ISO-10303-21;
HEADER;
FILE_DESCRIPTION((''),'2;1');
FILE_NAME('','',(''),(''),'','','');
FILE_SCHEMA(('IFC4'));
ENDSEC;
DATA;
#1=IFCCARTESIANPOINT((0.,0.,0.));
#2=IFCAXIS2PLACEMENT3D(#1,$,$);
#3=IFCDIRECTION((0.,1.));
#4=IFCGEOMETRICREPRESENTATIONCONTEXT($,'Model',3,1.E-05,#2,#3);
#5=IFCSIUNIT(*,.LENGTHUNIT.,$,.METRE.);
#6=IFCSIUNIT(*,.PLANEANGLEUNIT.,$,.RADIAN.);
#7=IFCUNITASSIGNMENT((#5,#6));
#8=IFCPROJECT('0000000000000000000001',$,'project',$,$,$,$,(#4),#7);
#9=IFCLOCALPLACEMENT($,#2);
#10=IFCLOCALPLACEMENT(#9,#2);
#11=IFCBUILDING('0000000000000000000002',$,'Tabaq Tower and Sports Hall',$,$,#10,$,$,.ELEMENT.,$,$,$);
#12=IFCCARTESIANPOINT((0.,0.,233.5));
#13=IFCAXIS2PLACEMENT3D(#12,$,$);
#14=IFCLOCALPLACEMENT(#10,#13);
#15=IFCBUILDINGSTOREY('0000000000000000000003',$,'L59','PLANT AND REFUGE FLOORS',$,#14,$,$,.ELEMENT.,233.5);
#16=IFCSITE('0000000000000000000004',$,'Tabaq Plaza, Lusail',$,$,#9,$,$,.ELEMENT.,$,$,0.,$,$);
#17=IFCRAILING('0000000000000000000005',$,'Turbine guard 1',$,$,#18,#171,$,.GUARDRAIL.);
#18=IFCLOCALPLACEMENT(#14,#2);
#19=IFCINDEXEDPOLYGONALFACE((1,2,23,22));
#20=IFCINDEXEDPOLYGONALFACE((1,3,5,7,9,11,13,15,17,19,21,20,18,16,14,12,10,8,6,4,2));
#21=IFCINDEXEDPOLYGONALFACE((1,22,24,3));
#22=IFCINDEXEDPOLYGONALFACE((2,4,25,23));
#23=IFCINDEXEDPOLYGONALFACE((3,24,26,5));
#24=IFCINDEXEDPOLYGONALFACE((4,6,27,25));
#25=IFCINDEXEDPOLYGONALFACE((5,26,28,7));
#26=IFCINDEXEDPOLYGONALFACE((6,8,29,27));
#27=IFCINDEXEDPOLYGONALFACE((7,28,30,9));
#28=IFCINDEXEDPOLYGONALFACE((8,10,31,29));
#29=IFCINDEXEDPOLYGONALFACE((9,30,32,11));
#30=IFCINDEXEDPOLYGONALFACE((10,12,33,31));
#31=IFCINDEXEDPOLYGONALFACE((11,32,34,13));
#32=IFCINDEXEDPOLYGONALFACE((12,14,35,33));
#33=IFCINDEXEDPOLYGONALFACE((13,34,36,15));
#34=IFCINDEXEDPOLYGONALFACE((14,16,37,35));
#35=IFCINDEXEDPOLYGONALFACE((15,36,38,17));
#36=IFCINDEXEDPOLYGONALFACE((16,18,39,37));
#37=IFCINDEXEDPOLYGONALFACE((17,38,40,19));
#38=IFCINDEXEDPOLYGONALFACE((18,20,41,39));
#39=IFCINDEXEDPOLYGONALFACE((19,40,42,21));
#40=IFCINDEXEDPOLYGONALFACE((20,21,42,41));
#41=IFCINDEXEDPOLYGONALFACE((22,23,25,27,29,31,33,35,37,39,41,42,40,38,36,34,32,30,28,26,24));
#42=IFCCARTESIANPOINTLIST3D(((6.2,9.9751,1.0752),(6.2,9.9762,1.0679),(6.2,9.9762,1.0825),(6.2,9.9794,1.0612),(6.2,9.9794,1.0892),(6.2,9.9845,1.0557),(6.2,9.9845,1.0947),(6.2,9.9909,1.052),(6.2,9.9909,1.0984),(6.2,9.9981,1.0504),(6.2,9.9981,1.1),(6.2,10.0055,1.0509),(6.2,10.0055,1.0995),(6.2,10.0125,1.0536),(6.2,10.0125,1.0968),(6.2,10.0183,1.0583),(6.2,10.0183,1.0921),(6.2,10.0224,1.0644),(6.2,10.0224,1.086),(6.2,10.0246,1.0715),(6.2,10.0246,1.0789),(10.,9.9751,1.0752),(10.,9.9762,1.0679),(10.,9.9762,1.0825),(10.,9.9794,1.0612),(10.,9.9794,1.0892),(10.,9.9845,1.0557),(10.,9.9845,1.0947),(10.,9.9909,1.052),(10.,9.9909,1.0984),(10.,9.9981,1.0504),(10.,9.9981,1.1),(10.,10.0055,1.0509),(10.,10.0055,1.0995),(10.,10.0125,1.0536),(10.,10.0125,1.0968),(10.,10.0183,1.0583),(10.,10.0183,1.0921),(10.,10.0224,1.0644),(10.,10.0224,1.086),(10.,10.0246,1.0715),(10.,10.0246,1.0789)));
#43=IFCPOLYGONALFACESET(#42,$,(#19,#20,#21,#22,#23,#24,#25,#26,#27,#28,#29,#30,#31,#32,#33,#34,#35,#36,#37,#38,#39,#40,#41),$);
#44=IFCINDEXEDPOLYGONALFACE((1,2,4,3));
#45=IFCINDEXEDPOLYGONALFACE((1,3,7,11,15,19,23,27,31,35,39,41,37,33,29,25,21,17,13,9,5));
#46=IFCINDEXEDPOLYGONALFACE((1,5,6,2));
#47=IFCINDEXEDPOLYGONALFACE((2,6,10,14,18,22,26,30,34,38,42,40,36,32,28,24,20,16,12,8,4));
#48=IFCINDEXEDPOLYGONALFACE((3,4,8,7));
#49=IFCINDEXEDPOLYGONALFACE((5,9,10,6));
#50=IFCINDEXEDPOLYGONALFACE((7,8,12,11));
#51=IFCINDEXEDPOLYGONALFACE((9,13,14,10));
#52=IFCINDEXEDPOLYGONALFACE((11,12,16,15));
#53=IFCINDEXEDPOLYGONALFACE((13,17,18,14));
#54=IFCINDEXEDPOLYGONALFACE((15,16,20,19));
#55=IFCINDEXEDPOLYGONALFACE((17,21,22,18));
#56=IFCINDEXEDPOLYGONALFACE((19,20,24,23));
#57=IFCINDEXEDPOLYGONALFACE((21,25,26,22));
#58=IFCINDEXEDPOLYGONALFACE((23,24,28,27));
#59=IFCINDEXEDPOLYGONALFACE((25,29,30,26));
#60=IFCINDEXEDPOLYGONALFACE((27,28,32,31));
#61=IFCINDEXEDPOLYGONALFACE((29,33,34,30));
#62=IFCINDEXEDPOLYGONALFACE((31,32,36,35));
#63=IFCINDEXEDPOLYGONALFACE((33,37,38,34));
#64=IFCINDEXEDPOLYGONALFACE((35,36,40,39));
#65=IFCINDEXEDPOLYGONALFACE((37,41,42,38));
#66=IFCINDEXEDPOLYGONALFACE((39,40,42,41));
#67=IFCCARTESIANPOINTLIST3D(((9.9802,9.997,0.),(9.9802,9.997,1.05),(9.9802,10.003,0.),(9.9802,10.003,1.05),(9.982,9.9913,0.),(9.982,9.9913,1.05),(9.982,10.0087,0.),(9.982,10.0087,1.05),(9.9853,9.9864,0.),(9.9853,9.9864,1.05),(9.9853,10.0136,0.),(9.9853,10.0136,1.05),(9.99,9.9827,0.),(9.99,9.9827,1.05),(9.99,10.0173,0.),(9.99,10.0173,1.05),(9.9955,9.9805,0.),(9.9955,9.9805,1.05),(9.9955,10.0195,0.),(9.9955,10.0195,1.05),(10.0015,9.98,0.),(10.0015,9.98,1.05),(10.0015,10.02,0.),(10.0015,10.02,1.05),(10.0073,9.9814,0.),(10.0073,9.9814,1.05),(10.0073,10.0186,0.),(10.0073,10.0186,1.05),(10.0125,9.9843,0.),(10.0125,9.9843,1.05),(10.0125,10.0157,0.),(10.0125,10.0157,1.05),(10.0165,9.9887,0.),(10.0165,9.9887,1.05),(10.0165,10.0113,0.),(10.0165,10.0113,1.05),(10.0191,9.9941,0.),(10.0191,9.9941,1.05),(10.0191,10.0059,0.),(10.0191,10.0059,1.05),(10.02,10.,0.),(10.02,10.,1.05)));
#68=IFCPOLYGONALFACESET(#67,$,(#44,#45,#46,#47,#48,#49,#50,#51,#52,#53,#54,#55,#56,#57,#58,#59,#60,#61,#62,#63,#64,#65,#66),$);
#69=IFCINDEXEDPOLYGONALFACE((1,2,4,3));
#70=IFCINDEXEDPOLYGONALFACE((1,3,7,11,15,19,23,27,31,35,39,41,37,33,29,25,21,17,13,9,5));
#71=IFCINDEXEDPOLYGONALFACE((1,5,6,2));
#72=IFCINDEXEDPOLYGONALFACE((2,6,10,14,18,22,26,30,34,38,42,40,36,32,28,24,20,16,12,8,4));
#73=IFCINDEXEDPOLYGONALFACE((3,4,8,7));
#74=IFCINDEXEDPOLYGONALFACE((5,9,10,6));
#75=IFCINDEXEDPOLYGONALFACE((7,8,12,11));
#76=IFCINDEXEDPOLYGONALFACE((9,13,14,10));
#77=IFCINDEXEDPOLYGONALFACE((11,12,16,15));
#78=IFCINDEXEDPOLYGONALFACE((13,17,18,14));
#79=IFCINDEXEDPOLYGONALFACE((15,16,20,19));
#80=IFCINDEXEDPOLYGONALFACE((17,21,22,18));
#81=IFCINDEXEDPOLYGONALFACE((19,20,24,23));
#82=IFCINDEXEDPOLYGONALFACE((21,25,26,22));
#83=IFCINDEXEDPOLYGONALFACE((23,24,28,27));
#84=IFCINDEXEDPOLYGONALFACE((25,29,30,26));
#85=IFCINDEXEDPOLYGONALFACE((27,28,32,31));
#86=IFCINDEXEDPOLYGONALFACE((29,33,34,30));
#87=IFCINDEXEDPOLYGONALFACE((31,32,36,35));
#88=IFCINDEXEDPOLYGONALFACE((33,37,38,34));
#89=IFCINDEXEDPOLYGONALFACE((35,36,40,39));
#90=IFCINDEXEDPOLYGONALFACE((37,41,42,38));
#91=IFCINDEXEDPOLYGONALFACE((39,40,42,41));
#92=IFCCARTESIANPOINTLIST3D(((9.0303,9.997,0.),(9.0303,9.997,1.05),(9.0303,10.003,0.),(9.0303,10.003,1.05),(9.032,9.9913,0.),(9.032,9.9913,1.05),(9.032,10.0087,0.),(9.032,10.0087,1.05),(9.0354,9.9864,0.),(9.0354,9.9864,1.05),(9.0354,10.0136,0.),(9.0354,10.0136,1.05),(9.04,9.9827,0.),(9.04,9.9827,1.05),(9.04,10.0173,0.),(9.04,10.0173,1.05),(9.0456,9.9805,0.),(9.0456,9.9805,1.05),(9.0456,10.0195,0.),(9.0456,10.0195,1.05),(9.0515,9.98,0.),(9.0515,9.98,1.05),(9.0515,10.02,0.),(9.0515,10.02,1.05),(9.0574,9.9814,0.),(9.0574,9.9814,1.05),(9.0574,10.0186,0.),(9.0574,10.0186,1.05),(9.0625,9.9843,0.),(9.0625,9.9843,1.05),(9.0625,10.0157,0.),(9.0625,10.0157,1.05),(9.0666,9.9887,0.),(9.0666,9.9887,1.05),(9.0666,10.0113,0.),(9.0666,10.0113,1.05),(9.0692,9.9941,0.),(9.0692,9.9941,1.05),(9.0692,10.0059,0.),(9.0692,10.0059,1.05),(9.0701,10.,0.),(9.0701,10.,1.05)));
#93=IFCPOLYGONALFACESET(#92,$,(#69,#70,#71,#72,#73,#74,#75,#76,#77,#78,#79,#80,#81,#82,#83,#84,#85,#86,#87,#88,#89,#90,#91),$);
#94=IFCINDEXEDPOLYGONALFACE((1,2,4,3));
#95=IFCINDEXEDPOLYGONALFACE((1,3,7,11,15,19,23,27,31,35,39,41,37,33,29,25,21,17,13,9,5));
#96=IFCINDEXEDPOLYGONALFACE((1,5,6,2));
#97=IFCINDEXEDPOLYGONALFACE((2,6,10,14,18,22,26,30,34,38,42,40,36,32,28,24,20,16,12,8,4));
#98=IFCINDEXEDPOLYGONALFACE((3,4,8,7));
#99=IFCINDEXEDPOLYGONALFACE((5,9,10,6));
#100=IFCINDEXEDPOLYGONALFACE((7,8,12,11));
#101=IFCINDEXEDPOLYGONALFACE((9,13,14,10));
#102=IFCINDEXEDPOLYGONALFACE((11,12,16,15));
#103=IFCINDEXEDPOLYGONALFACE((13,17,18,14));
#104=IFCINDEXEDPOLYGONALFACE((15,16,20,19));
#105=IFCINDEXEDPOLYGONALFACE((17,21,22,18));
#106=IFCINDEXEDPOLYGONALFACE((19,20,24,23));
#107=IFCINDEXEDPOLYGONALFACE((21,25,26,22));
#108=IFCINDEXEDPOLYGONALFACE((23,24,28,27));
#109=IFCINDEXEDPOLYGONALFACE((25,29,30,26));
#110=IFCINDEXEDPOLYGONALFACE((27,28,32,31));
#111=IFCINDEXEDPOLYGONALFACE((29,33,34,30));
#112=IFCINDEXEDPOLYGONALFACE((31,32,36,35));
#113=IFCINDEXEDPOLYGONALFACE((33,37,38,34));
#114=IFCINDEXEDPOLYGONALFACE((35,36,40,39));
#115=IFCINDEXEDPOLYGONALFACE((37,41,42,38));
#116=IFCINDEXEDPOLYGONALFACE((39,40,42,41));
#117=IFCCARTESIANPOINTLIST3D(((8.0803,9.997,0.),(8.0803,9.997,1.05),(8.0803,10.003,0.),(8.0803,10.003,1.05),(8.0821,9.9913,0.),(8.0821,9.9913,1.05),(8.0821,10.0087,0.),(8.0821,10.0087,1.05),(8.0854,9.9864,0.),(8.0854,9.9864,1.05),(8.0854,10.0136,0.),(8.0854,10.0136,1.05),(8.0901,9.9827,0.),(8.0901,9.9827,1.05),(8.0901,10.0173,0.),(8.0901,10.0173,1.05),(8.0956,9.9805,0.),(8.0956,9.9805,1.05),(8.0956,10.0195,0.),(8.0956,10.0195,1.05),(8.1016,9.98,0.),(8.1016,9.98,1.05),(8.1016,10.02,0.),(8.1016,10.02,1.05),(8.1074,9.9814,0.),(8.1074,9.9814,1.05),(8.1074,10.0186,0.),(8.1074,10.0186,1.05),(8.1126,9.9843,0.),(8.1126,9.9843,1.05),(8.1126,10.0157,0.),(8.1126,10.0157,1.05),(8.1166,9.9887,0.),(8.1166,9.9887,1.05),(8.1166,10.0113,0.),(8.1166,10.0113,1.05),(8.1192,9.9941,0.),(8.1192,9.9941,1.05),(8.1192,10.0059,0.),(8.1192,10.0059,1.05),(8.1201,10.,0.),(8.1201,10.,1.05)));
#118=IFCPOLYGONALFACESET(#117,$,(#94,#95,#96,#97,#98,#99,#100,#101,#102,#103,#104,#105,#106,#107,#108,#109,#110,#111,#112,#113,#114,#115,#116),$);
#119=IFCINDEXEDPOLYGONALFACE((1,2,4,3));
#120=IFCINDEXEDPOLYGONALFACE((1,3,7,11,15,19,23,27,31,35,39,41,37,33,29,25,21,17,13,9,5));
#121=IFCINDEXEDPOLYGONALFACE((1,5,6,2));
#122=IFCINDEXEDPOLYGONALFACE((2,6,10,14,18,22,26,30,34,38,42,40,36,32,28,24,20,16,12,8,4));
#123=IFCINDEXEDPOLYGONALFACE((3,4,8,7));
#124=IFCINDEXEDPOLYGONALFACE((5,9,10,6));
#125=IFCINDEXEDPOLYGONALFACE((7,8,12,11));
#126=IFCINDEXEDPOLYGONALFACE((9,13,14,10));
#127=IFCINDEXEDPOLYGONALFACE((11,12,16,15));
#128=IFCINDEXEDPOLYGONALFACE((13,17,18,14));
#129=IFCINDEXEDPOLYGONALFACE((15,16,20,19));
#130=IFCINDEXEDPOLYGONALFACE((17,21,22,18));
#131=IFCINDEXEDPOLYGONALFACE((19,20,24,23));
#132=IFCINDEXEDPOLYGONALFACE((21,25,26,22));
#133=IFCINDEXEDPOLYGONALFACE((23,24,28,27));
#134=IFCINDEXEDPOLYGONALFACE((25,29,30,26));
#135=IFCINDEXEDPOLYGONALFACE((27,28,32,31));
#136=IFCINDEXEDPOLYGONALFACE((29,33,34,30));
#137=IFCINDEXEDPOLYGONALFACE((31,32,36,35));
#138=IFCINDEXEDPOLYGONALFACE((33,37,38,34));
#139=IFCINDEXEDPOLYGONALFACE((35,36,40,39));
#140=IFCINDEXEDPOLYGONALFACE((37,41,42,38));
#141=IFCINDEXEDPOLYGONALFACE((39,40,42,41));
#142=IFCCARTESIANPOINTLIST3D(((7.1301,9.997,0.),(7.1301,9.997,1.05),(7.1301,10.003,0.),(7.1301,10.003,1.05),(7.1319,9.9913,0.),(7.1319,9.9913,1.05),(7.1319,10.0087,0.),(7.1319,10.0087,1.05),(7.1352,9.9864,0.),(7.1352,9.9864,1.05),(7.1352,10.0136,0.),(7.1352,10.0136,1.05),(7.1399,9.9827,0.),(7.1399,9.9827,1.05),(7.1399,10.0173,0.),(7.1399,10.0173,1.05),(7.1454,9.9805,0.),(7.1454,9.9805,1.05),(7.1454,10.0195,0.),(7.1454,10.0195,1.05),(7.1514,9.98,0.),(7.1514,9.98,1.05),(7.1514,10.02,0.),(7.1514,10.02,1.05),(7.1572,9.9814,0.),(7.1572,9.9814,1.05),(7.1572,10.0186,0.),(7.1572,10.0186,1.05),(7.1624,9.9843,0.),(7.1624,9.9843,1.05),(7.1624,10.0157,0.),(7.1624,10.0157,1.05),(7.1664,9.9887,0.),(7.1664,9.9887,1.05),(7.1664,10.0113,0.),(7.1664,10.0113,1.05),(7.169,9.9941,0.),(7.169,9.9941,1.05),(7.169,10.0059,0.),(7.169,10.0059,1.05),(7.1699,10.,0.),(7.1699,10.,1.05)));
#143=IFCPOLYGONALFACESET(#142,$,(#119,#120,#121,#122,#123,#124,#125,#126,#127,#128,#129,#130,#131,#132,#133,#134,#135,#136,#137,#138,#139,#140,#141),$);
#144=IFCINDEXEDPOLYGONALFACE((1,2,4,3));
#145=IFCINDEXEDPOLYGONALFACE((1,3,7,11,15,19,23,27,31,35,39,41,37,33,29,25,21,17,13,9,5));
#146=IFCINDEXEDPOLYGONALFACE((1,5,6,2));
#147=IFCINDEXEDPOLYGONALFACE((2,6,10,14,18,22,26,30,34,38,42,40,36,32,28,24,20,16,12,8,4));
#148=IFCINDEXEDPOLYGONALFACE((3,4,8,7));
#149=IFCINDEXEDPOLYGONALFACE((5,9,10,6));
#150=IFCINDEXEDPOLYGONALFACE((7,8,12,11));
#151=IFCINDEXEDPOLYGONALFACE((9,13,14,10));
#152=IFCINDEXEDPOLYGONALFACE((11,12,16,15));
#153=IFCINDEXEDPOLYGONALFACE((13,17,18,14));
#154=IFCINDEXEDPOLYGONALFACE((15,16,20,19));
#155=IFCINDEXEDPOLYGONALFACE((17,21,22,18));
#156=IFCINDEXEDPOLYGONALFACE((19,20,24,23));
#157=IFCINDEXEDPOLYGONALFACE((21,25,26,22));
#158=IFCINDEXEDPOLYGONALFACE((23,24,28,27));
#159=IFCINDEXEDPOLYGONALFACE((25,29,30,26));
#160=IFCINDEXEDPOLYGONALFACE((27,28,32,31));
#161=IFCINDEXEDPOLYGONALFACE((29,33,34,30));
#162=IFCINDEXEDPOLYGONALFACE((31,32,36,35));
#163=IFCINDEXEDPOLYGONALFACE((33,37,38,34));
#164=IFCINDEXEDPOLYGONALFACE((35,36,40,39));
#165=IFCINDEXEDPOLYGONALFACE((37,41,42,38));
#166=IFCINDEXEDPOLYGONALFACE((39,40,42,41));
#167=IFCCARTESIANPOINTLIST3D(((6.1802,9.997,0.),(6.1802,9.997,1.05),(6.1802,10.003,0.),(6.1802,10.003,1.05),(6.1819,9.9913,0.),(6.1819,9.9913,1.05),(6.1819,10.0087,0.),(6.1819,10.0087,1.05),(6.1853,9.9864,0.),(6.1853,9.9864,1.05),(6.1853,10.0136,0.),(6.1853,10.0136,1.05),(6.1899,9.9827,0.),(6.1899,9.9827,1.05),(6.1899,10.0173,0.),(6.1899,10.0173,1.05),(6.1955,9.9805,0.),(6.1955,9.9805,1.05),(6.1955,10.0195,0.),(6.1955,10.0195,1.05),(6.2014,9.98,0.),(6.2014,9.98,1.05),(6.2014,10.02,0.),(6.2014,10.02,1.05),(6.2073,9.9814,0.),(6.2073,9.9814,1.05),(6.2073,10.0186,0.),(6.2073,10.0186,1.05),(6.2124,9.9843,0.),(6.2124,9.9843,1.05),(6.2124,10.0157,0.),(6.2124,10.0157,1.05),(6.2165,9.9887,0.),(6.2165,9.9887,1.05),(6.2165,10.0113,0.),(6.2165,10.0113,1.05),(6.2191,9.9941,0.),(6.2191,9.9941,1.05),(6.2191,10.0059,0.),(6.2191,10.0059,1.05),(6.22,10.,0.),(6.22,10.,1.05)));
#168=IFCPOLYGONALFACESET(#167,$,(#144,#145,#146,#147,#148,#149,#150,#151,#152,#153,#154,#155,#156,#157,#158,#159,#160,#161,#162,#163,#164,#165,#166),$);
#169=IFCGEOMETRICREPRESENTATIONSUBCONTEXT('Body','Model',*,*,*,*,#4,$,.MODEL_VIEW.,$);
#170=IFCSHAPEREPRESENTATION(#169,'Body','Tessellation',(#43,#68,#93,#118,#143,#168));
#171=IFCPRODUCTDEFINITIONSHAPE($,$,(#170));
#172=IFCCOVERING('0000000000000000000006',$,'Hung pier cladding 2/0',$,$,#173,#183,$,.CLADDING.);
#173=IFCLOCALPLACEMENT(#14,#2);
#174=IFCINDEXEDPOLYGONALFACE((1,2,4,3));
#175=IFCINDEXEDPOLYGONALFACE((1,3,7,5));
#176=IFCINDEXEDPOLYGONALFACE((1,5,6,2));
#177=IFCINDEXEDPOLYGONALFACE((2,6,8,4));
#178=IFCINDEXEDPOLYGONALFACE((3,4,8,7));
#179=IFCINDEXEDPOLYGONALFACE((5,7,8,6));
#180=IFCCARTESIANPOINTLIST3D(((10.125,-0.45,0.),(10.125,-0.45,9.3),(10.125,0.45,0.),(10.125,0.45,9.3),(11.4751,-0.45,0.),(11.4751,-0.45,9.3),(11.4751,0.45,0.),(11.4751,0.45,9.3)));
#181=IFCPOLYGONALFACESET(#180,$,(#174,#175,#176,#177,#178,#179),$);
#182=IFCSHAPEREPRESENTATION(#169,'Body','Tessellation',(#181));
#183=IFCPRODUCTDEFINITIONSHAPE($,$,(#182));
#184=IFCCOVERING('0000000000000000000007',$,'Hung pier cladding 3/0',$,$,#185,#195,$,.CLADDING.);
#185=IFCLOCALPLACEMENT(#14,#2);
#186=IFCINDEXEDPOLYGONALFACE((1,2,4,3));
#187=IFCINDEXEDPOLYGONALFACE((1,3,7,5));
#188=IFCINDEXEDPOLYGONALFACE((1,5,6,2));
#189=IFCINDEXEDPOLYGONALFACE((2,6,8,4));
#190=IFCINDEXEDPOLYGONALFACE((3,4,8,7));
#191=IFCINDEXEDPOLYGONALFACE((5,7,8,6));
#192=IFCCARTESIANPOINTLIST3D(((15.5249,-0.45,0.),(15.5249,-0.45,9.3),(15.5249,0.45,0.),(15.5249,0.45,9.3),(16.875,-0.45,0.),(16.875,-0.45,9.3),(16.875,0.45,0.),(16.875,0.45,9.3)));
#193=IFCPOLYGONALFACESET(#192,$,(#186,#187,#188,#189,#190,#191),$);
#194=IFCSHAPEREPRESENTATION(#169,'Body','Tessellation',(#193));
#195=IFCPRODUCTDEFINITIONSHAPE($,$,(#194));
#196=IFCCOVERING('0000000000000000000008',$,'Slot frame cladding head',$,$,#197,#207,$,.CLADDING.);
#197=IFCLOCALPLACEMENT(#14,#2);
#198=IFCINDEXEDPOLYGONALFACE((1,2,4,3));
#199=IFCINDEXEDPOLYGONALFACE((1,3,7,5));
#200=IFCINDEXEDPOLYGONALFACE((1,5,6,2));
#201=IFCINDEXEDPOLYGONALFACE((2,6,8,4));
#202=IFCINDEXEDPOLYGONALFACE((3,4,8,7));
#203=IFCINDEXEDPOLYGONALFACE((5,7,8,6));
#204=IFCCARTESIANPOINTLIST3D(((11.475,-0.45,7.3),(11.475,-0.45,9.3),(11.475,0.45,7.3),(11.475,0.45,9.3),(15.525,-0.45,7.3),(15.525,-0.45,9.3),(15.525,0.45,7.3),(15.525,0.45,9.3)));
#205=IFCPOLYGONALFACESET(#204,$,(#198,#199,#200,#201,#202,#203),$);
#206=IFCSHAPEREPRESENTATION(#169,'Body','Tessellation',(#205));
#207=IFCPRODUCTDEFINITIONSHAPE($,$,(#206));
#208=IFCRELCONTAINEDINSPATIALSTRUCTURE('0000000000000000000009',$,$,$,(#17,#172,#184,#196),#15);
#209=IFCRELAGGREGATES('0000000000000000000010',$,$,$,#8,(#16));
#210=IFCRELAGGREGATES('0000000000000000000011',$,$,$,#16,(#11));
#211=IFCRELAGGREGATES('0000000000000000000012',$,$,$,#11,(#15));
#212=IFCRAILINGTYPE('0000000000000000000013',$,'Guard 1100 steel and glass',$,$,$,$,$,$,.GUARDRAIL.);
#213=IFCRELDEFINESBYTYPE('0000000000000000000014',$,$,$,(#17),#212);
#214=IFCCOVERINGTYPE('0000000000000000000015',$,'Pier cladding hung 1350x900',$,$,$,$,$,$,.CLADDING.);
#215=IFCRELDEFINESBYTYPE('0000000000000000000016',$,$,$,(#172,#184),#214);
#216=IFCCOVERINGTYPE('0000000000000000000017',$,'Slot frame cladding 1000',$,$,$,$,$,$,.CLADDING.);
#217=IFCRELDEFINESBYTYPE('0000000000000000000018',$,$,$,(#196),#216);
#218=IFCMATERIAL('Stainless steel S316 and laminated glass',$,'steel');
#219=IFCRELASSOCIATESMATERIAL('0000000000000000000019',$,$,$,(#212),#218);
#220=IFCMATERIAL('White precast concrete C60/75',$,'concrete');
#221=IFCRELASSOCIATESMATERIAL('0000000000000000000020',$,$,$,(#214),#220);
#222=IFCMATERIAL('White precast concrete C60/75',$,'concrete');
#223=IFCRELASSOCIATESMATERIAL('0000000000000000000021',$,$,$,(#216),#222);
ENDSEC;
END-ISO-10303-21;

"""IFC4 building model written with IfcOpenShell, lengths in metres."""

from ifc_helpers import new_model, si_unit, direction, frame, frame_2d, origin, origin_2d, place, context, subcontext, project, spatial, rectangle, circle, extrude, material, type_object, element, save


model = new_model("IFC4")

# Units and contexts
model_context = context("Model", 3, precision=1e-05, world=origin(), true_north=direction((0.0, 1.0)))
body_context = subcontext(model_context, "Body", "Model", "MODEL_VIEW")
ifc_project = project(units=[si_unit("LENGTHUNIT", "METRE"), si_unit("PLANEANGLEUNIT", "RADIAN")], contexts=[model_context])

# Site, building, storey
site_placement = place(None, origin())
site = spatial("IfcSite", under=ifc_project, at=site_placement, Name="Tabaq Plaza, Lusail", CompositionType="ELEMENT", RefElevation=0.0)
building_placement = place(site_placement, origin())
building = spatial("IfcBuilding", under=site, at=building_placement, Name="Tabaq Tower and Sports Hall", CompositionType="ELEMENT")
storey_placement = place(building_placement, frame((0.0, 0.0, 233.5)))
storey = spatial("IfcBuildingStorey", under=building, at=storey_placement, Name="L59", Description="PLANT AND REFUGE FLOORS", CompositionType="ELEMENT", Elevation=233.5)

# Railing
ifc_material_1 = material(Name="Stainless steel S316 and laminated glass", Category="steel")
railing_type = type_object("IfcRailingType", Name="Guard 1100 steel and glass", PredefinedType="GUARDRAIL", material=ifc_material_1)
railing_1_placement = place(storey_placement, frame((10.0, 10.0, 0.0)))
element("IfcRailing", 1, at=railing_1_placement, inside=storey, type_object=railing_type, Name="Turbine guard 1", PredefinedType="GUARDRAIL", context=body_context, shape_type="SweptSolid", body=[
    extrude(circle(Radius=0.0249, at=origin_2d()), frame((0.0, 0.0, 1.0752), z_axis=(-1.0, 0.0, 0.0), x_axis=(0.0, -1.0, 0.0)), (0.0, 0.0, 1.0), 3.8),
    extrude(circle(Radius=0.02, at=origin_2d()), origin(), (0.0, 0.0, 1.0), 1.05),
    extrude(circle(Radius=0.02, at=origin_2d()), frame((-0.95, 0.0, 0.0)), (0.0, 0.0, 1.0), 1.05),
    extrude(circle(Radius=0.02, at=origin_2d()), frame((-1.8999, 0.0, 0.0)), (0.0, 0.0, 1.0), 1.05),
    extrude(circle(Radius=0.02, at=origin_2d()), frame((-2.8501, 0.0, 0.0)), (0.0, 0.0, 1.0), 1.05),
    extrude(circle(Radius=0.02, at=origin_2d()), frame((-3.8, 0.0, 0.0)), (0.0, 0.0, 1.0), 1.05),
])

# Coverings
ifc_material_2 = material(Name="White precast concrete C60/75", Category="concrete")
covering_type_1 = type_object("IfcCoveringType", Name="Pier cladding hung 1350x900", PredefinedType="CLADDING", material=ifc_material_2)
for number, where, z_axis, x_axis, name in (
    (2, (10.125, 0.0, 0.0), (0.0, 0.0, 1.0), (1.0, 0.0, 0.0), "Hung pier cladding 2/0"),
    (3, (15.5249, 0.0, 0.0), (0.0, 0.0, 1.0), (1.0, 0.0, 0.0), "Hung pier cladding 3/0"),
):
    element("IfcCovering", number, at=place(storey_placement, frame(where, z_axis=z_axis, x_axis=x_axis)), inside=storey, type_object=covering_type_1, Name=name, PredefinedType="CLADDING", context=body_context, shape_type="SweptSolid", body=[
        extrude(rectangle(XDim=1.3501, YDim=0.8999, at=frame_2d((0.675, 0.0))), origin(), (0.0, 0.0, 1.0), 9.3),
    ])
ifc_material_3 = material(Name="White precast concrete C60/75", Category="concrete")
covering_type_2 = type_object("IfcCoveringType", Name="Slot frame cladding 1000", PredefinedType="CLADDING", material=ifc_material_3)
covering_1_placement = place(storey_placement, frame((13.5, 0.0, 7.3), z_axis=(0.0, 0.0, 1.0), x_axis=(1.0, 0.0, 0.0)))
element("IfcCovering", 4, at=covering_1_placement, inside=storey, type_object=covering_type_2, Name="Slot frame cladding head", PredefinedType="CLADDING", context=body_context, shape_type="SweptSolid", body=[
    extrude(rectangle(XDim=4.05, YDim=0.8999, at=origin_2d()), origin(), (0.0, 0.0, 1.0), 2.0),
])

save(model, "model.ifc")
